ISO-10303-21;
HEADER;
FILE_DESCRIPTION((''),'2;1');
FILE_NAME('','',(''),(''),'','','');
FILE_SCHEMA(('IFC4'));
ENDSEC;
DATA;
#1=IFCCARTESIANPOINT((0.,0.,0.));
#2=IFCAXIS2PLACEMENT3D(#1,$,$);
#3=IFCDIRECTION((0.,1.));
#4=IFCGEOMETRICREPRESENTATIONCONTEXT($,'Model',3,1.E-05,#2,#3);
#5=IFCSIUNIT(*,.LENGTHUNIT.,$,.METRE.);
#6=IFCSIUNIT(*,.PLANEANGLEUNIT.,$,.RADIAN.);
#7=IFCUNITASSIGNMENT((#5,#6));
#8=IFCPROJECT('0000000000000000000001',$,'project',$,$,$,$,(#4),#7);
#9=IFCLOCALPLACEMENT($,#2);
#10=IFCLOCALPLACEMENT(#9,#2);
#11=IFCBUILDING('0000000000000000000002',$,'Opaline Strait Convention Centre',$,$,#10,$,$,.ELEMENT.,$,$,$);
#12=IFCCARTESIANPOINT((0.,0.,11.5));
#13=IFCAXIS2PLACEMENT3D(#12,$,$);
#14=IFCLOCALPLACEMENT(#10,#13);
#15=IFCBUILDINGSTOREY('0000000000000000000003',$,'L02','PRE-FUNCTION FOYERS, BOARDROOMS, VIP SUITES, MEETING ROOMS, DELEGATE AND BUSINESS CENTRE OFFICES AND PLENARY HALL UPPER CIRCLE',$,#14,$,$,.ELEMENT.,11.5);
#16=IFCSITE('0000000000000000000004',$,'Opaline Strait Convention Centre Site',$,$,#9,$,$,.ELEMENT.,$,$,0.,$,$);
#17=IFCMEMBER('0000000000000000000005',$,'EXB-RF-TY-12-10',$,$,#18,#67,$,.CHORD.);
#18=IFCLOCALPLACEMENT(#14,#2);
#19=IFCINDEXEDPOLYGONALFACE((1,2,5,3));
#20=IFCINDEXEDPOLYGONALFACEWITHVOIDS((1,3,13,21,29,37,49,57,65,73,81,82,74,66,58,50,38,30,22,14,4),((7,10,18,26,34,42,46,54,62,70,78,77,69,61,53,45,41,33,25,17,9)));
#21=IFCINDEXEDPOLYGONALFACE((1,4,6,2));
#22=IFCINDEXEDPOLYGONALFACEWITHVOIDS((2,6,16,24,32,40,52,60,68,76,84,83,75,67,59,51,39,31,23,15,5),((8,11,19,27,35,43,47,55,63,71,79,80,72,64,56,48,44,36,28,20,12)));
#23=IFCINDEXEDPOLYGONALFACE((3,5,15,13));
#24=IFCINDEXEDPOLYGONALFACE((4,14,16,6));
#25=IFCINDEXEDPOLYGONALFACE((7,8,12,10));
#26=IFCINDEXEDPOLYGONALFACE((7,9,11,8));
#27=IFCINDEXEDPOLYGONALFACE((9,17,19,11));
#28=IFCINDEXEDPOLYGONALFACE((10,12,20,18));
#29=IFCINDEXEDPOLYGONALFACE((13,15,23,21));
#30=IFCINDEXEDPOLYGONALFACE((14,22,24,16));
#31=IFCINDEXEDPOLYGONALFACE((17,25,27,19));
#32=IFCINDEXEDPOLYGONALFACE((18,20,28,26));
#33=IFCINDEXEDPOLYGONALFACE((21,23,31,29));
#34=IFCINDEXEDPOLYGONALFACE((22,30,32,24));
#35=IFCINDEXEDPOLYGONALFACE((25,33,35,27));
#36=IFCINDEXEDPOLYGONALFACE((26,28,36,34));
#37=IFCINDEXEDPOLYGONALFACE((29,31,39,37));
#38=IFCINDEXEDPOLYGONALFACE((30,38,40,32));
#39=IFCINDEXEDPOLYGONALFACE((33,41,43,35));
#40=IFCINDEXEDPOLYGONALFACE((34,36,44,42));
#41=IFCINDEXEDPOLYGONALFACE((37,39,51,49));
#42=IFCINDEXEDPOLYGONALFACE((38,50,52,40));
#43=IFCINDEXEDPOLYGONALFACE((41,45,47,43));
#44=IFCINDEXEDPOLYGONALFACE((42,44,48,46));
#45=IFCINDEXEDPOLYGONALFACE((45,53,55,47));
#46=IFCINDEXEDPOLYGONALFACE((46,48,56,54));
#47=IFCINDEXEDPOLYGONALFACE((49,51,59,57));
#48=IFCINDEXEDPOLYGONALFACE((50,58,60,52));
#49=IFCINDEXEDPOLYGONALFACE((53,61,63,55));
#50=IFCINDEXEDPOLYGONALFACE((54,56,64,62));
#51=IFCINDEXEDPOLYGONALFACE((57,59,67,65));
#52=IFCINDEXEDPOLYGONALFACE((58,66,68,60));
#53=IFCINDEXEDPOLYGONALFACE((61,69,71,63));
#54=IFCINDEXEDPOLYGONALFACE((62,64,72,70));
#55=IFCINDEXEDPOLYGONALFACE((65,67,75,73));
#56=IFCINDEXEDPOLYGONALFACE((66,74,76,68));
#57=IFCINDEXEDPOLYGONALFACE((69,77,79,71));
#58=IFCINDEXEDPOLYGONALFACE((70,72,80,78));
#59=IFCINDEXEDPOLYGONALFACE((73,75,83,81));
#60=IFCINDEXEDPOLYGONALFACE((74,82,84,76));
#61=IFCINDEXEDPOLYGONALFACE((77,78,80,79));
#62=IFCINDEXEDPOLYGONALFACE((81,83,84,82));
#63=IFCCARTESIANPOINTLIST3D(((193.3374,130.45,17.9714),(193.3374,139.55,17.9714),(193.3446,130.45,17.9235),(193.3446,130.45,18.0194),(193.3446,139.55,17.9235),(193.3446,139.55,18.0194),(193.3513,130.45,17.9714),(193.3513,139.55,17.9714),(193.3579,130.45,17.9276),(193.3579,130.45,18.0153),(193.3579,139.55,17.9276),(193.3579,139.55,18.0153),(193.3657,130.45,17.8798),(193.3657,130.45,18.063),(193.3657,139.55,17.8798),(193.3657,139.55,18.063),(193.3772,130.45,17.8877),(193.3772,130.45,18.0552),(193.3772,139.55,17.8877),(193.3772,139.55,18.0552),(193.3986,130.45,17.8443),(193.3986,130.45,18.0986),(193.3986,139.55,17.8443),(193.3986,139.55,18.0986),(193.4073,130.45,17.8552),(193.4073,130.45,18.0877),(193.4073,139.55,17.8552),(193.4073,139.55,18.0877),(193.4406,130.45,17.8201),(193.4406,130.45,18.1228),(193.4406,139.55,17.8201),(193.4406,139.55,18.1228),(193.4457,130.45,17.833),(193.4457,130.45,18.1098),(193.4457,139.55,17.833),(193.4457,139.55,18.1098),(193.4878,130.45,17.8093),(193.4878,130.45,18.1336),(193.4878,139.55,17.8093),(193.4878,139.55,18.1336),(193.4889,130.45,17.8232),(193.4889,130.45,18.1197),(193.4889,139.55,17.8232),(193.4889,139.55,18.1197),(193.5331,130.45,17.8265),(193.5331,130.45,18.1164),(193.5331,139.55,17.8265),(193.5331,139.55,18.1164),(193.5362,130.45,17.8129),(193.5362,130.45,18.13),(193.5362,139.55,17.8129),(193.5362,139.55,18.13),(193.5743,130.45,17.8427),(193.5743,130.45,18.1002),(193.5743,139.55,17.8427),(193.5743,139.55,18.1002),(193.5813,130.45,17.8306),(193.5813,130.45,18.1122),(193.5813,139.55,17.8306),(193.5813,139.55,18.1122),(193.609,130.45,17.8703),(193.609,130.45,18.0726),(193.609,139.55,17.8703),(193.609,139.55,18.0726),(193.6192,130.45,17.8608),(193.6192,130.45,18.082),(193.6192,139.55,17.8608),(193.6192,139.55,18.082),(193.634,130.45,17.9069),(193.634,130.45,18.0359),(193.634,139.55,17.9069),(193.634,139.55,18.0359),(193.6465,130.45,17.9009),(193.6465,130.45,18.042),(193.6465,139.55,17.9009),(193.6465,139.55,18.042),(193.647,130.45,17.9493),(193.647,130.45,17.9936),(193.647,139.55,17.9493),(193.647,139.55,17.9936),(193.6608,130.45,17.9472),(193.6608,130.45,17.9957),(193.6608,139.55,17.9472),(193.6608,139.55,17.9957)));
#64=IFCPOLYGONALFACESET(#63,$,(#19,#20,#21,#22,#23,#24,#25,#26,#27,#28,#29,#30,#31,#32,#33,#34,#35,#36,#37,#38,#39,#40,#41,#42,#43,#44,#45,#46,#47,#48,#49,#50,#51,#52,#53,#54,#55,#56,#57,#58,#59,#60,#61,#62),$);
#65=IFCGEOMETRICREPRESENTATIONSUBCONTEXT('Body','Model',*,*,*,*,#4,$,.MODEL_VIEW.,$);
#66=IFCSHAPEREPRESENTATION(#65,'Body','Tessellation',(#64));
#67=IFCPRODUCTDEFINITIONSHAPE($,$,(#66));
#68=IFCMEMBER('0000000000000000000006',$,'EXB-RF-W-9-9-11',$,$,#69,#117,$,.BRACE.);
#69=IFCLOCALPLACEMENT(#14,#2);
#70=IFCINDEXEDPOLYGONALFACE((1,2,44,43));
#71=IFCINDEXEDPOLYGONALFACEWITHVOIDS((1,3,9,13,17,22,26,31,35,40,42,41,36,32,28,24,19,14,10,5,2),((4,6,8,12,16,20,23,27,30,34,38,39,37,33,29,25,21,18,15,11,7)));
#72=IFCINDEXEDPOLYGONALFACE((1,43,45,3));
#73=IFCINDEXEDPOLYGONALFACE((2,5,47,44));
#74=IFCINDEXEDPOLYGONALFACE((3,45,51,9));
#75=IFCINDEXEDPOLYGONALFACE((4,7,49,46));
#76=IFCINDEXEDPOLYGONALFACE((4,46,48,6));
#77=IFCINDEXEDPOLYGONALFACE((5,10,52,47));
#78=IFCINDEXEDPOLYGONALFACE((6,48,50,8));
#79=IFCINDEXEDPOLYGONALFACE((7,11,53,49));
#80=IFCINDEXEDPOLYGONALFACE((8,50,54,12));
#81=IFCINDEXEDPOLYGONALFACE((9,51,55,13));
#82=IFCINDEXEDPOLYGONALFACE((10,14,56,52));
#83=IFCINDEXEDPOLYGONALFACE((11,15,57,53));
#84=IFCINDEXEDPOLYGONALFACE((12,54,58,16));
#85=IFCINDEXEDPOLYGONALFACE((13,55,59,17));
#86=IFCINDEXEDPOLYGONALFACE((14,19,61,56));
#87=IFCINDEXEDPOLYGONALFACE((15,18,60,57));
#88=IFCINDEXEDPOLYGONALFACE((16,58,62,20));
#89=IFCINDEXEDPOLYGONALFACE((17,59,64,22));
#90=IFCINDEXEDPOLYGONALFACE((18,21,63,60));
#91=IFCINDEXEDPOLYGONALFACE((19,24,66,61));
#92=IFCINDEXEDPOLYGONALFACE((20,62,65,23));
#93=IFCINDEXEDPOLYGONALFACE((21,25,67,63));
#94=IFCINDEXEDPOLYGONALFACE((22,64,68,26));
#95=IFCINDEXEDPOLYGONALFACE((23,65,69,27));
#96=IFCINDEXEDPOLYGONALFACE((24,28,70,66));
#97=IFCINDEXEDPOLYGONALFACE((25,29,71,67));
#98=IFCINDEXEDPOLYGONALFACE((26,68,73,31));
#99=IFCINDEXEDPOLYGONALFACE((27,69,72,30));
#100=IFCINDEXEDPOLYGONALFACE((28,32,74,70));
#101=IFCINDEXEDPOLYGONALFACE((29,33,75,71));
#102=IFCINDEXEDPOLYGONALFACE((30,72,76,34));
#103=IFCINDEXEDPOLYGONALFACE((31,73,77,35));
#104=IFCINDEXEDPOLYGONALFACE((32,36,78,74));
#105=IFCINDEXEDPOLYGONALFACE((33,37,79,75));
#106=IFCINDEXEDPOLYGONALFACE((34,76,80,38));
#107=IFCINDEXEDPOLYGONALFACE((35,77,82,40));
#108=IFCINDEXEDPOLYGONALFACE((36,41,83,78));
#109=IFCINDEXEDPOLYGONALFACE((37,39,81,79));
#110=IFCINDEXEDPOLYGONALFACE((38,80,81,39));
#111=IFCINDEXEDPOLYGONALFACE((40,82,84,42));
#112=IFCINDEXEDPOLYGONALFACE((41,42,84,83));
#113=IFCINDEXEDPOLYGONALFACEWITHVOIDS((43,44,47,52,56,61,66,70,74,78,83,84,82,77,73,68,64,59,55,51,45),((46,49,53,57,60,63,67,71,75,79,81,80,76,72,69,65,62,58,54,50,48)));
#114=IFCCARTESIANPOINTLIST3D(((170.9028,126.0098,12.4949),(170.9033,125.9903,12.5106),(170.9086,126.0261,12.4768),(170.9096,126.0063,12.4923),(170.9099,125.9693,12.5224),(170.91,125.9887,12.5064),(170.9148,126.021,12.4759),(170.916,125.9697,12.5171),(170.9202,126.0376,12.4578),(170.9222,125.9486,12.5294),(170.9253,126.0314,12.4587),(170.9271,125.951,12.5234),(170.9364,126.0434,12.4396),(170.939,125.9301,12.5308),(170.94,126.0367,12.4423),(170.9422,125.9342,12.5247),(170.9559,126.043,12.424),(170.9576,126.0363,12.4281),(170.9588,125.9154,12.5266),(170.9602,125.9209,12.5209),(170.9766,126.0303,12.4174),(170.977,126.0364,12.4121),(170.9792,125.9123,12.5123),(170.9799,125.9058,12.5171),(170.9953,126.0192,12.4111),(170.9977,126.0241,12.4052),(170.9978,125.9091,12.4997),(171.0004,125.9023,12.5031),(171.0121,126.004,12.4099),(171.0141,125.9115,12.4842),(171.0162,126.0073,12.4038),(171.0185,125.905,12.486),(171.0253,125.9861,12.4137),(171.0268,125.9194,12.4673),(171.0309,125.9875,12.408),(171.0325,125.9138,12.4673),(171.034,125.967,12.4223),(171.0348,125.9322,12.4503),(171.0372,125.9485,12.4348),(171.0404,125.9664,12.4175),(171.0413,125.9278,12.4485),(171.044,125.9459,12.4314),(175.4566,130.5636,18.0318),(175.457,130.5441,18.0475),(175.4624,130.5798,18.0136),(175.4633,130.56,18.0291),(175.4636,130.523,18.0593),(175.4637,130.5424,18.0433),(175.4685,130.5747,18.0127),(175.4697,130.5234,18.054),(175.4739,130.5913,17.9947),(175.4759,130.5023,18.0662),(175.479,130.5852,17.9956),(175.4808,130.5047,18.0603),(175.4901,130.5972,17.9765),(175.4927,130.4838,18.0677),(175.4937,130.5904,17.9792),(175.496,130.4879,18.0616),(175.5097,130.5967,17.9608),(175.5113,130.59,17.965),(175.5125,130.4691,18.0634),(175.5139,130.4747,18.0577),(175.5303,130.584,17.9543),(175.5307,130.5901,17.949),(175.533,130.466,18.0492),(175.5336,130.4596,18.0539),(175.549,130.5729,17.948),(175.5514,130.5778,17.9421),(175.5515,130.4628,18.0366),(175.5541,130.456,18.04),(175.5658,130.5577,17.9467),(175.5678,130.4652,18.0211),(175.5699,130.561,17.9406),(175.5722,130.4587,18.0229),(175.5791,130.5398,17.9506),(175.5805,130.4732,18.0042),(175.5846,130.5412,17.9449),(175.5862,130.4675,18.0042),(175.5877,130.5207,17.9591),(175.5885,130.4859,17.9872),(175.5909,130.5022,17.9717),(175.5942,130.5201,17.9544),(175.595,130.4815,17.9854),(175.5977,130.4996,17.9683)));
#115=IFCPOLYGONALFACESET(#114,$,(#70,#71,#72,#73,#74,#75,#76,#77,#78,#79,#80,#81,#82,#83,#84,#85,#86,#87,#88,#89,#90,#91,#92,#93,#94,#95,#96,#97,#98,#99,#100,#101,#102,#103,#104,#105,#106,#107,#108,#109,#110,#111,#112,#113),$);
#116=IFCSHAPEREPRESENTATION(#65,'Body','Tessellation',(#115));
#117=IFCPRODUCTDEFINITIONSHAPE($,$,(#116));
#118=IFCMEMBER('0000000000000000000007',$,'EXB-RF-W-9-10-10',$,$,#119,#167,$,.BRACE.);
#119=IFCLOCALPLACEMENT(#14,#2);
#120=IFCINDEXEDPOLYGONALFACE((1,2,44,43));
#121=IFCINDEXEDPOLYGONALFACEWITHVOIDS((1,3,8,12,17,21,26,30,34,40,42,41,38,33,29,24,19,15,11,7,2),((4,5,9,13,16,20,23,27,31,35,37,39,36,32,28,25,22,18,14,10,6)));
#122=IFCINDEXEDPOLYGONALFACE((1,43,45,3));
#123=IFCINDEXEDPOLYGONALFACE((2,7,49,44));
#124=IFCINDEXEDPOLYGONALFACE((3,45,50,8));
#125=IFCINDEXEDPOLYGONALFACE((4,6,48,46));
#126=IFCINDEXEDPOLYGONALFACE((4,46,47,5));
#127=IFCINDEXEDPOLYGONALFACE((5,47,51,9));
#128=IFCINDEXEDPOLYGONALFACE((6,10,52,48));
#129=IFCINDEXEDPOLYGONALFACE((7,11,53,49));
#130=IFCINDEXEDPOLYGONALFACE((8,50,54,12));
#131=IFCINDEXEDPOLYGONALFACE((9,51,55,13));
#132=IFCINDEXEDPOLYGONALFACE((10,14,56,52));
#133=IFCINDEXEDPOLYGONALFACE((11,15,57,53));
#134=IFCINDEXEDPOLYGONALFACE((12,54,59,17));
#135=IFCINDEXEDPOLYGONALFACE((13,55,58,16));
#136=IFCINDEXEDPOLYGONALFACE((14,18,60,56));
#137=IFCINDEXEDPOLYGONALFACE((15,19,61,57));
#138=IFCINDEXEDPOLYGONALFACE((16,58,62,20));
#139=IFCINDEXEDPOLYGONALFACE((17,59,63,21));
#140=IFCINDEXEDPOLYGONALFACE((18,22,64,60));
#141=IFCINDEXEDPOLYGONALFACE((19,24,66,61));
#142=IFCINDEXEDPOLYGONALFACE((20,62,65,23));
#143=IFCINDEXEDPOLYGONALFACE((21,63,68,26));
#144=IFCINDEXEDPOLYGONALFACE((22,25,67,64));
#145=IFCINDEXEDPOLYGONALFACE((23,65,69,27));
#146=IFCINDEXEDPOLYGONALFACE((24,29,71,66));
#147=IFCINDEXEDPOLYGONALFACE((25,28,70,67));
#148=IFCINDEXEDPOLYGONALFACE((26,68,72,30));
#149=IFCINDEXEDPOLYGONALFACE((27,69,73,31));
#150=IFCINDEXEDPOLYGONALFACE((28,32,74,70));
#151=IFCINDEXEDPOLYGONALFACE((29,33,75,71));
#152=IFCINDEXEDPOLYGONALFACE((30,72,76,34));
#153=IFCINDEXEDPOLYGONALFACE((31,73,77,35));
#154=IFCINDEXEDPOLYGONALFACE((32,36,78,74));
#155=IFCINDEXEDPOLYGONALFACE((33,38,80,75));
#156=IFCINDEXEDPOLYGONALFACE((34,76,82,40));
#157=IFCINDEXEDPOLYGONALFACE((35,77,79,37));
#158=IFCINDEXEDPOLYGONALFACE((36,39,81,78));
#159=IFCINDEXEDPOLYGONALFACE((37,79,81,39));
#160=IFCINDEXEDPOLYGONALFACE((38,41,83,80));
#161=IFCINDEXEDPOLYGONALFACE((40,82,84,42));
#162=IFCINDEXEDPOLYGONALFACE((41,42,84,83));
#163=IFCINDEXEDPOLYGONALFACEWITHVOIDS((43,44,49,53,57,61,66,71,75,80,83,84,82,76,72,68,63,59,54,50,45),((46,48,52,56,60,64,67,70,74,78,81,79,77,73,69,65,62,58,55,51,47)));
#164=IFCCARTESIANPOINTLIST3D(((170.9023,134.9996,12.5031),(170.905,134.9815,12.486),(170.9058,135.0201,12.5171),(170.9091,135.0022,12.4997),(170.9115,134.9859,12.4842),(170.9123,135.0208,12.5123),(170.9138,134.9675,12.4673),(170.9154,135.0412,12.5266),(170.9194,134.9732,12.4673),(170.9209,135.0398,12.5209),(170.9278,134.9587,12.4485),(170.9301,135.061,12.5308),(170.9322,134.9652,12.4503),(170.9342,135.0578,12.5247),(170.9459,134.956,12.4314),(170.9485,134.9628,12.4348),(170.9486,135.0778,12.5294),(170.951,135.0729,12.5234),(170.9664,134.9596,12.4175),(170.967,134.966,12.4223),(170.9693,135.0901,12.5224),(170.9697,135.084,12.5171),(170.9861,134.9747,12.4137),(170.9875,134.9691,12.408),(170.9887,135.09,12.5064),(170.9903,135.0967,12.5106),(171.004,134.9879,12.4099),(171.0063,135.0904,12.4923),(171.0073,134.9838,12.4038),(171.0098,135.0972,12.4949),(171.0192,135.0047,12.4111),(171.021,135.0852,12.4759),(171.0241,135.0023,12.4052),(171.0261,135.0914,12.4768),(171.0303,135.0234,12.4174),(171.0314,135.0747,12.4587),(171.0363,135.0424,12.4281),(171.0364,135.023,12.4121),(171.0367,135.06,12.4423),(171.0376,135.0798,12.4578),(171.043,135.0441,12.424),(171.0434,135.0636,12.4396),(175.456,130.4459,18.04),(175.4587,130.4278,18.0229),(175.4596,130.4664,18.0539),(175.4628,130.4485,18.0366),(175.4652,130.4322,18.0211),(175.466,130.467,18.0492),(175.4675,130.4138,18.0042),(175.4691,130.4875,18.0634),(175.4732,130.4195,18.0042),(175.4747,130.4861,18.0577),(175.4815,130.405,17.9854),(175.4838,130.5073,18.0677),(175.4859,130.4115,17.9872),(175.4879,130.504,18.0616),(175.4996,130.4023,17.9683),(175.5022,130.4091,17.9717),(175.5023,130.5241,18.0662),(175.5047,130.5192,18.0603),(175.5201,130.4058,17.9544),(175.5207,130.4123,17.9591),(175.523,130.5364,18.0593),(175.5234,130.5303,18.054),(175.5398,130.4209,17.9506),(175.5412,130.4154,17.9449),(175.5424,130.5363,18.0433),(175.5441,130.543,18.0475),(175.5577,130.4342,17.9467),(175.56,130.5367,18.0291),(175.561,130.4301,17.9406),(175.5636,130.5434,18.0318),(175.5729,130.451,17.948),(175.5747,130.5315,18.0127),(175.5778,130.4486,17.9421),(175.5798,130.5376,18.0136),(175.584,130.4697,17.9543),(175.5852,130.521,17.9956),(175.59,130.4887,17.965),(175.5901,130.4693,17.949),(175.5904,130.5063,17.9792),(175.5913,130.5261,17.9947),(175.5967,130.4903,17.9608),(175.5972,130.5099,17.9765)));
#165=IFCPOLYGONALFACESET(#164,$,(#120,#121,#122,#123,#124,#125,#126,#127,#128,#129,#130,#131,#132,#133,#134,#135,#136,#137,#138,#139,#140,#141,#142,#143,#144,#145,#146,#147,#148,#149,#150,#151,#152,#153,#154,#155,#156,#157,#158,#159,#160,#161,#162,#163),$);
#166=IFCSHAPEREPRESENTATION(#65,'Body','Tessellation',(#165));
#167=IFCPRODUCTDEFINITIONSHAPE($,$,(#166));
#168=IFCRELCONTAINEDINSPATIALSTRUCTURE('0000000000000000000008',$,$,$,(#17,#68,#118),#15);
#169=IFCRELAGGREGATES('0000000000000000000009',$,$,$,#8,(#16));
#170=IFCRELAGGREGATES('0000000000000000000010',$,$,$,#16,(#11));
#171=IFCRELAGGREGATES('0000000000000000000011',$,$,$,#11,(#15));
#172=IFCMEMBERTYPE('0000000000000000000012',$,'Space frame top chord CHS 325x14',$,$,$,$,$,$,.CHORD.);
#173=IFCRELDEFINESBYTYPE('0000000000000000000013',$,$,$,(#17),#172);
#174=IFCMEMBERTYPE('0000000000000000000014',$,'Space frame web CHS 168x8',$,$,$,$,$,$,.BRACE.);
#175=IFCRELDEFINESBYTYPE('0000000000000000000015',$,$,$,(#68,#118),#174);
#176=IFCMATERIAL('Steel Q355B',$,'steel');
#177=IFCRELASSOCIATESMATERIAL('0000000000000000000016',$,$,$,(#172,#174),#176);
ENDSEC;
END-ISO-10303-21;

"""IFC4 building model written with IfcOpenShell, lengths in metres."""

from ifc_helpers import new_model, si_unit, direction, frame, origin, origin_2d, place, context, subcontext, project, spatial, hollow_circle, extrude, material, material_profile, profile_set, type_object, element, save


model = new_model("IFC4")

# Units and contexts
model_context = context("Model", 3, precision=1e-05, world=origin(), true_north=direction((0.0, 1.0)))
body_context = subcontext(model_context, "Body", "Model", "MODEL_VIEW")
ifc_project = project(units=[si_unit("LENGTHUNIT", "METRE"), si_unit("PLANEANGLEUNIT", "RADIAN")], contexts=[model_context])

# Site, building, storey
site_placement = place(None, origin())
site = spatial("IfcSite", under=ifc_project, at=site_placement, Name="Opaline Strait Convention Centre Site", CompositionType="ELEMENT", RefElevation=0.0)
building_placement = place(site_placement, origin())
building = spatial("IfcBuilding", under=site, at=building_placement, Name="Opaline Strait Convention Centre", CompositionType="ELEMENT")
storey_placement = place(building_placement, frame((0.0, 0.0, 11.5)))
storey = spatial("IfcBuildingStorey", under=building, at=storey_placement, Name="L02", Description="PRE-FUNCTION FOYERS, BOARDROOMS, VIP SUITES, MEETING ROOMS, DELEGATE AND BUSINESS CENTRE OFFICES AND PLENARY HALL UPPER CIRCLE", CompositionType="ELEMENT", Elevation=11.5)

# Members
ifc_material = material(Name="Steel Q355B", Category="steel")
ifc_material_profile_1 = material_profile(ifc_material, hollow_circle(Radius=0.1626, WallThickness=0.0139, at=origin_2d()), Name="CHS 325x14")
ifc_profile_set_1 = profile_set([ifc_material_profile_1], Name="Steel Q355B")
member_type_1 = type_object("IfcMemberType", Name="Space frame top chord CHS 325x14", PredefinedType="CHORD", material=ifc_profile_set_1)
for number, where, z_axis, x_axis, name in (
    (1, (193.5, 130.45, 17.9714), (0.0, 1.0, 0.0), (-1.0, 0.0, 0.0), "EXB-RF-TY-12-10"),
):
    element("IfcMember", number, at=place(storey_placement, frame(where, z_axis=z_axis, x_axis=x_axis)), inside=storey, type_object=member_type_1, Name=name, PredefinedType="CHORD", context=body_context, shape_type="SweptSolid", body=[
        extrude(hollow_circle(Radius=0.1626, WallThickness=0.0139, at=origin_2d()), origin(), (0.0, 0.0, 1.0), 9.1001),
    ])
ifc_material_profile_2 = material_profile(ifc_material, hollow_circle(Radius=0.084, WallThickness=0.0081, at=origin_2d()), Name="CHS 168x8")
ifc_profile_set_2 = profile_set([ifc_material_profile_2], Name="Steel Q355B")
member_type_2 = type_object("IfcMemberType", Name="Space frame web CHS 168x8", PredefinedType="BRACE", material=ifc_profile_set_2)
for number, where, z_axis, x_axis, name in (
    (2, (175.5269, 130.5269, 18.0042), (-0.536178, -0.536178, -0.65194), (0.707107, -0.707107, 0.0), "EXB-RF-W-9-9-11"),
    (3, (175.5269, 130.4731, 18.0042), (-0.536178, 0.536178, -0.65194), (-0.707107, -0.707107, 0.0), "EXB-RF-W-9-10-10"),
):
    element("IfcMember", number, at=place(storey_placement, frame(where, z_axis=z_axis, x_axis=x_axis)), inside=storey, type_object=member_type_2, Name=name, PredefinedType="BRACE", context=body_context, shape_type="SweptSolid", body=[
        extrude(hollow_circle(Radius=0.084, WallThickness=0.0081, at=origin_2d()), origin(), (0.0, 0.0, 1.0), 8.4929),
    ])

save(model, "model.ifc")
